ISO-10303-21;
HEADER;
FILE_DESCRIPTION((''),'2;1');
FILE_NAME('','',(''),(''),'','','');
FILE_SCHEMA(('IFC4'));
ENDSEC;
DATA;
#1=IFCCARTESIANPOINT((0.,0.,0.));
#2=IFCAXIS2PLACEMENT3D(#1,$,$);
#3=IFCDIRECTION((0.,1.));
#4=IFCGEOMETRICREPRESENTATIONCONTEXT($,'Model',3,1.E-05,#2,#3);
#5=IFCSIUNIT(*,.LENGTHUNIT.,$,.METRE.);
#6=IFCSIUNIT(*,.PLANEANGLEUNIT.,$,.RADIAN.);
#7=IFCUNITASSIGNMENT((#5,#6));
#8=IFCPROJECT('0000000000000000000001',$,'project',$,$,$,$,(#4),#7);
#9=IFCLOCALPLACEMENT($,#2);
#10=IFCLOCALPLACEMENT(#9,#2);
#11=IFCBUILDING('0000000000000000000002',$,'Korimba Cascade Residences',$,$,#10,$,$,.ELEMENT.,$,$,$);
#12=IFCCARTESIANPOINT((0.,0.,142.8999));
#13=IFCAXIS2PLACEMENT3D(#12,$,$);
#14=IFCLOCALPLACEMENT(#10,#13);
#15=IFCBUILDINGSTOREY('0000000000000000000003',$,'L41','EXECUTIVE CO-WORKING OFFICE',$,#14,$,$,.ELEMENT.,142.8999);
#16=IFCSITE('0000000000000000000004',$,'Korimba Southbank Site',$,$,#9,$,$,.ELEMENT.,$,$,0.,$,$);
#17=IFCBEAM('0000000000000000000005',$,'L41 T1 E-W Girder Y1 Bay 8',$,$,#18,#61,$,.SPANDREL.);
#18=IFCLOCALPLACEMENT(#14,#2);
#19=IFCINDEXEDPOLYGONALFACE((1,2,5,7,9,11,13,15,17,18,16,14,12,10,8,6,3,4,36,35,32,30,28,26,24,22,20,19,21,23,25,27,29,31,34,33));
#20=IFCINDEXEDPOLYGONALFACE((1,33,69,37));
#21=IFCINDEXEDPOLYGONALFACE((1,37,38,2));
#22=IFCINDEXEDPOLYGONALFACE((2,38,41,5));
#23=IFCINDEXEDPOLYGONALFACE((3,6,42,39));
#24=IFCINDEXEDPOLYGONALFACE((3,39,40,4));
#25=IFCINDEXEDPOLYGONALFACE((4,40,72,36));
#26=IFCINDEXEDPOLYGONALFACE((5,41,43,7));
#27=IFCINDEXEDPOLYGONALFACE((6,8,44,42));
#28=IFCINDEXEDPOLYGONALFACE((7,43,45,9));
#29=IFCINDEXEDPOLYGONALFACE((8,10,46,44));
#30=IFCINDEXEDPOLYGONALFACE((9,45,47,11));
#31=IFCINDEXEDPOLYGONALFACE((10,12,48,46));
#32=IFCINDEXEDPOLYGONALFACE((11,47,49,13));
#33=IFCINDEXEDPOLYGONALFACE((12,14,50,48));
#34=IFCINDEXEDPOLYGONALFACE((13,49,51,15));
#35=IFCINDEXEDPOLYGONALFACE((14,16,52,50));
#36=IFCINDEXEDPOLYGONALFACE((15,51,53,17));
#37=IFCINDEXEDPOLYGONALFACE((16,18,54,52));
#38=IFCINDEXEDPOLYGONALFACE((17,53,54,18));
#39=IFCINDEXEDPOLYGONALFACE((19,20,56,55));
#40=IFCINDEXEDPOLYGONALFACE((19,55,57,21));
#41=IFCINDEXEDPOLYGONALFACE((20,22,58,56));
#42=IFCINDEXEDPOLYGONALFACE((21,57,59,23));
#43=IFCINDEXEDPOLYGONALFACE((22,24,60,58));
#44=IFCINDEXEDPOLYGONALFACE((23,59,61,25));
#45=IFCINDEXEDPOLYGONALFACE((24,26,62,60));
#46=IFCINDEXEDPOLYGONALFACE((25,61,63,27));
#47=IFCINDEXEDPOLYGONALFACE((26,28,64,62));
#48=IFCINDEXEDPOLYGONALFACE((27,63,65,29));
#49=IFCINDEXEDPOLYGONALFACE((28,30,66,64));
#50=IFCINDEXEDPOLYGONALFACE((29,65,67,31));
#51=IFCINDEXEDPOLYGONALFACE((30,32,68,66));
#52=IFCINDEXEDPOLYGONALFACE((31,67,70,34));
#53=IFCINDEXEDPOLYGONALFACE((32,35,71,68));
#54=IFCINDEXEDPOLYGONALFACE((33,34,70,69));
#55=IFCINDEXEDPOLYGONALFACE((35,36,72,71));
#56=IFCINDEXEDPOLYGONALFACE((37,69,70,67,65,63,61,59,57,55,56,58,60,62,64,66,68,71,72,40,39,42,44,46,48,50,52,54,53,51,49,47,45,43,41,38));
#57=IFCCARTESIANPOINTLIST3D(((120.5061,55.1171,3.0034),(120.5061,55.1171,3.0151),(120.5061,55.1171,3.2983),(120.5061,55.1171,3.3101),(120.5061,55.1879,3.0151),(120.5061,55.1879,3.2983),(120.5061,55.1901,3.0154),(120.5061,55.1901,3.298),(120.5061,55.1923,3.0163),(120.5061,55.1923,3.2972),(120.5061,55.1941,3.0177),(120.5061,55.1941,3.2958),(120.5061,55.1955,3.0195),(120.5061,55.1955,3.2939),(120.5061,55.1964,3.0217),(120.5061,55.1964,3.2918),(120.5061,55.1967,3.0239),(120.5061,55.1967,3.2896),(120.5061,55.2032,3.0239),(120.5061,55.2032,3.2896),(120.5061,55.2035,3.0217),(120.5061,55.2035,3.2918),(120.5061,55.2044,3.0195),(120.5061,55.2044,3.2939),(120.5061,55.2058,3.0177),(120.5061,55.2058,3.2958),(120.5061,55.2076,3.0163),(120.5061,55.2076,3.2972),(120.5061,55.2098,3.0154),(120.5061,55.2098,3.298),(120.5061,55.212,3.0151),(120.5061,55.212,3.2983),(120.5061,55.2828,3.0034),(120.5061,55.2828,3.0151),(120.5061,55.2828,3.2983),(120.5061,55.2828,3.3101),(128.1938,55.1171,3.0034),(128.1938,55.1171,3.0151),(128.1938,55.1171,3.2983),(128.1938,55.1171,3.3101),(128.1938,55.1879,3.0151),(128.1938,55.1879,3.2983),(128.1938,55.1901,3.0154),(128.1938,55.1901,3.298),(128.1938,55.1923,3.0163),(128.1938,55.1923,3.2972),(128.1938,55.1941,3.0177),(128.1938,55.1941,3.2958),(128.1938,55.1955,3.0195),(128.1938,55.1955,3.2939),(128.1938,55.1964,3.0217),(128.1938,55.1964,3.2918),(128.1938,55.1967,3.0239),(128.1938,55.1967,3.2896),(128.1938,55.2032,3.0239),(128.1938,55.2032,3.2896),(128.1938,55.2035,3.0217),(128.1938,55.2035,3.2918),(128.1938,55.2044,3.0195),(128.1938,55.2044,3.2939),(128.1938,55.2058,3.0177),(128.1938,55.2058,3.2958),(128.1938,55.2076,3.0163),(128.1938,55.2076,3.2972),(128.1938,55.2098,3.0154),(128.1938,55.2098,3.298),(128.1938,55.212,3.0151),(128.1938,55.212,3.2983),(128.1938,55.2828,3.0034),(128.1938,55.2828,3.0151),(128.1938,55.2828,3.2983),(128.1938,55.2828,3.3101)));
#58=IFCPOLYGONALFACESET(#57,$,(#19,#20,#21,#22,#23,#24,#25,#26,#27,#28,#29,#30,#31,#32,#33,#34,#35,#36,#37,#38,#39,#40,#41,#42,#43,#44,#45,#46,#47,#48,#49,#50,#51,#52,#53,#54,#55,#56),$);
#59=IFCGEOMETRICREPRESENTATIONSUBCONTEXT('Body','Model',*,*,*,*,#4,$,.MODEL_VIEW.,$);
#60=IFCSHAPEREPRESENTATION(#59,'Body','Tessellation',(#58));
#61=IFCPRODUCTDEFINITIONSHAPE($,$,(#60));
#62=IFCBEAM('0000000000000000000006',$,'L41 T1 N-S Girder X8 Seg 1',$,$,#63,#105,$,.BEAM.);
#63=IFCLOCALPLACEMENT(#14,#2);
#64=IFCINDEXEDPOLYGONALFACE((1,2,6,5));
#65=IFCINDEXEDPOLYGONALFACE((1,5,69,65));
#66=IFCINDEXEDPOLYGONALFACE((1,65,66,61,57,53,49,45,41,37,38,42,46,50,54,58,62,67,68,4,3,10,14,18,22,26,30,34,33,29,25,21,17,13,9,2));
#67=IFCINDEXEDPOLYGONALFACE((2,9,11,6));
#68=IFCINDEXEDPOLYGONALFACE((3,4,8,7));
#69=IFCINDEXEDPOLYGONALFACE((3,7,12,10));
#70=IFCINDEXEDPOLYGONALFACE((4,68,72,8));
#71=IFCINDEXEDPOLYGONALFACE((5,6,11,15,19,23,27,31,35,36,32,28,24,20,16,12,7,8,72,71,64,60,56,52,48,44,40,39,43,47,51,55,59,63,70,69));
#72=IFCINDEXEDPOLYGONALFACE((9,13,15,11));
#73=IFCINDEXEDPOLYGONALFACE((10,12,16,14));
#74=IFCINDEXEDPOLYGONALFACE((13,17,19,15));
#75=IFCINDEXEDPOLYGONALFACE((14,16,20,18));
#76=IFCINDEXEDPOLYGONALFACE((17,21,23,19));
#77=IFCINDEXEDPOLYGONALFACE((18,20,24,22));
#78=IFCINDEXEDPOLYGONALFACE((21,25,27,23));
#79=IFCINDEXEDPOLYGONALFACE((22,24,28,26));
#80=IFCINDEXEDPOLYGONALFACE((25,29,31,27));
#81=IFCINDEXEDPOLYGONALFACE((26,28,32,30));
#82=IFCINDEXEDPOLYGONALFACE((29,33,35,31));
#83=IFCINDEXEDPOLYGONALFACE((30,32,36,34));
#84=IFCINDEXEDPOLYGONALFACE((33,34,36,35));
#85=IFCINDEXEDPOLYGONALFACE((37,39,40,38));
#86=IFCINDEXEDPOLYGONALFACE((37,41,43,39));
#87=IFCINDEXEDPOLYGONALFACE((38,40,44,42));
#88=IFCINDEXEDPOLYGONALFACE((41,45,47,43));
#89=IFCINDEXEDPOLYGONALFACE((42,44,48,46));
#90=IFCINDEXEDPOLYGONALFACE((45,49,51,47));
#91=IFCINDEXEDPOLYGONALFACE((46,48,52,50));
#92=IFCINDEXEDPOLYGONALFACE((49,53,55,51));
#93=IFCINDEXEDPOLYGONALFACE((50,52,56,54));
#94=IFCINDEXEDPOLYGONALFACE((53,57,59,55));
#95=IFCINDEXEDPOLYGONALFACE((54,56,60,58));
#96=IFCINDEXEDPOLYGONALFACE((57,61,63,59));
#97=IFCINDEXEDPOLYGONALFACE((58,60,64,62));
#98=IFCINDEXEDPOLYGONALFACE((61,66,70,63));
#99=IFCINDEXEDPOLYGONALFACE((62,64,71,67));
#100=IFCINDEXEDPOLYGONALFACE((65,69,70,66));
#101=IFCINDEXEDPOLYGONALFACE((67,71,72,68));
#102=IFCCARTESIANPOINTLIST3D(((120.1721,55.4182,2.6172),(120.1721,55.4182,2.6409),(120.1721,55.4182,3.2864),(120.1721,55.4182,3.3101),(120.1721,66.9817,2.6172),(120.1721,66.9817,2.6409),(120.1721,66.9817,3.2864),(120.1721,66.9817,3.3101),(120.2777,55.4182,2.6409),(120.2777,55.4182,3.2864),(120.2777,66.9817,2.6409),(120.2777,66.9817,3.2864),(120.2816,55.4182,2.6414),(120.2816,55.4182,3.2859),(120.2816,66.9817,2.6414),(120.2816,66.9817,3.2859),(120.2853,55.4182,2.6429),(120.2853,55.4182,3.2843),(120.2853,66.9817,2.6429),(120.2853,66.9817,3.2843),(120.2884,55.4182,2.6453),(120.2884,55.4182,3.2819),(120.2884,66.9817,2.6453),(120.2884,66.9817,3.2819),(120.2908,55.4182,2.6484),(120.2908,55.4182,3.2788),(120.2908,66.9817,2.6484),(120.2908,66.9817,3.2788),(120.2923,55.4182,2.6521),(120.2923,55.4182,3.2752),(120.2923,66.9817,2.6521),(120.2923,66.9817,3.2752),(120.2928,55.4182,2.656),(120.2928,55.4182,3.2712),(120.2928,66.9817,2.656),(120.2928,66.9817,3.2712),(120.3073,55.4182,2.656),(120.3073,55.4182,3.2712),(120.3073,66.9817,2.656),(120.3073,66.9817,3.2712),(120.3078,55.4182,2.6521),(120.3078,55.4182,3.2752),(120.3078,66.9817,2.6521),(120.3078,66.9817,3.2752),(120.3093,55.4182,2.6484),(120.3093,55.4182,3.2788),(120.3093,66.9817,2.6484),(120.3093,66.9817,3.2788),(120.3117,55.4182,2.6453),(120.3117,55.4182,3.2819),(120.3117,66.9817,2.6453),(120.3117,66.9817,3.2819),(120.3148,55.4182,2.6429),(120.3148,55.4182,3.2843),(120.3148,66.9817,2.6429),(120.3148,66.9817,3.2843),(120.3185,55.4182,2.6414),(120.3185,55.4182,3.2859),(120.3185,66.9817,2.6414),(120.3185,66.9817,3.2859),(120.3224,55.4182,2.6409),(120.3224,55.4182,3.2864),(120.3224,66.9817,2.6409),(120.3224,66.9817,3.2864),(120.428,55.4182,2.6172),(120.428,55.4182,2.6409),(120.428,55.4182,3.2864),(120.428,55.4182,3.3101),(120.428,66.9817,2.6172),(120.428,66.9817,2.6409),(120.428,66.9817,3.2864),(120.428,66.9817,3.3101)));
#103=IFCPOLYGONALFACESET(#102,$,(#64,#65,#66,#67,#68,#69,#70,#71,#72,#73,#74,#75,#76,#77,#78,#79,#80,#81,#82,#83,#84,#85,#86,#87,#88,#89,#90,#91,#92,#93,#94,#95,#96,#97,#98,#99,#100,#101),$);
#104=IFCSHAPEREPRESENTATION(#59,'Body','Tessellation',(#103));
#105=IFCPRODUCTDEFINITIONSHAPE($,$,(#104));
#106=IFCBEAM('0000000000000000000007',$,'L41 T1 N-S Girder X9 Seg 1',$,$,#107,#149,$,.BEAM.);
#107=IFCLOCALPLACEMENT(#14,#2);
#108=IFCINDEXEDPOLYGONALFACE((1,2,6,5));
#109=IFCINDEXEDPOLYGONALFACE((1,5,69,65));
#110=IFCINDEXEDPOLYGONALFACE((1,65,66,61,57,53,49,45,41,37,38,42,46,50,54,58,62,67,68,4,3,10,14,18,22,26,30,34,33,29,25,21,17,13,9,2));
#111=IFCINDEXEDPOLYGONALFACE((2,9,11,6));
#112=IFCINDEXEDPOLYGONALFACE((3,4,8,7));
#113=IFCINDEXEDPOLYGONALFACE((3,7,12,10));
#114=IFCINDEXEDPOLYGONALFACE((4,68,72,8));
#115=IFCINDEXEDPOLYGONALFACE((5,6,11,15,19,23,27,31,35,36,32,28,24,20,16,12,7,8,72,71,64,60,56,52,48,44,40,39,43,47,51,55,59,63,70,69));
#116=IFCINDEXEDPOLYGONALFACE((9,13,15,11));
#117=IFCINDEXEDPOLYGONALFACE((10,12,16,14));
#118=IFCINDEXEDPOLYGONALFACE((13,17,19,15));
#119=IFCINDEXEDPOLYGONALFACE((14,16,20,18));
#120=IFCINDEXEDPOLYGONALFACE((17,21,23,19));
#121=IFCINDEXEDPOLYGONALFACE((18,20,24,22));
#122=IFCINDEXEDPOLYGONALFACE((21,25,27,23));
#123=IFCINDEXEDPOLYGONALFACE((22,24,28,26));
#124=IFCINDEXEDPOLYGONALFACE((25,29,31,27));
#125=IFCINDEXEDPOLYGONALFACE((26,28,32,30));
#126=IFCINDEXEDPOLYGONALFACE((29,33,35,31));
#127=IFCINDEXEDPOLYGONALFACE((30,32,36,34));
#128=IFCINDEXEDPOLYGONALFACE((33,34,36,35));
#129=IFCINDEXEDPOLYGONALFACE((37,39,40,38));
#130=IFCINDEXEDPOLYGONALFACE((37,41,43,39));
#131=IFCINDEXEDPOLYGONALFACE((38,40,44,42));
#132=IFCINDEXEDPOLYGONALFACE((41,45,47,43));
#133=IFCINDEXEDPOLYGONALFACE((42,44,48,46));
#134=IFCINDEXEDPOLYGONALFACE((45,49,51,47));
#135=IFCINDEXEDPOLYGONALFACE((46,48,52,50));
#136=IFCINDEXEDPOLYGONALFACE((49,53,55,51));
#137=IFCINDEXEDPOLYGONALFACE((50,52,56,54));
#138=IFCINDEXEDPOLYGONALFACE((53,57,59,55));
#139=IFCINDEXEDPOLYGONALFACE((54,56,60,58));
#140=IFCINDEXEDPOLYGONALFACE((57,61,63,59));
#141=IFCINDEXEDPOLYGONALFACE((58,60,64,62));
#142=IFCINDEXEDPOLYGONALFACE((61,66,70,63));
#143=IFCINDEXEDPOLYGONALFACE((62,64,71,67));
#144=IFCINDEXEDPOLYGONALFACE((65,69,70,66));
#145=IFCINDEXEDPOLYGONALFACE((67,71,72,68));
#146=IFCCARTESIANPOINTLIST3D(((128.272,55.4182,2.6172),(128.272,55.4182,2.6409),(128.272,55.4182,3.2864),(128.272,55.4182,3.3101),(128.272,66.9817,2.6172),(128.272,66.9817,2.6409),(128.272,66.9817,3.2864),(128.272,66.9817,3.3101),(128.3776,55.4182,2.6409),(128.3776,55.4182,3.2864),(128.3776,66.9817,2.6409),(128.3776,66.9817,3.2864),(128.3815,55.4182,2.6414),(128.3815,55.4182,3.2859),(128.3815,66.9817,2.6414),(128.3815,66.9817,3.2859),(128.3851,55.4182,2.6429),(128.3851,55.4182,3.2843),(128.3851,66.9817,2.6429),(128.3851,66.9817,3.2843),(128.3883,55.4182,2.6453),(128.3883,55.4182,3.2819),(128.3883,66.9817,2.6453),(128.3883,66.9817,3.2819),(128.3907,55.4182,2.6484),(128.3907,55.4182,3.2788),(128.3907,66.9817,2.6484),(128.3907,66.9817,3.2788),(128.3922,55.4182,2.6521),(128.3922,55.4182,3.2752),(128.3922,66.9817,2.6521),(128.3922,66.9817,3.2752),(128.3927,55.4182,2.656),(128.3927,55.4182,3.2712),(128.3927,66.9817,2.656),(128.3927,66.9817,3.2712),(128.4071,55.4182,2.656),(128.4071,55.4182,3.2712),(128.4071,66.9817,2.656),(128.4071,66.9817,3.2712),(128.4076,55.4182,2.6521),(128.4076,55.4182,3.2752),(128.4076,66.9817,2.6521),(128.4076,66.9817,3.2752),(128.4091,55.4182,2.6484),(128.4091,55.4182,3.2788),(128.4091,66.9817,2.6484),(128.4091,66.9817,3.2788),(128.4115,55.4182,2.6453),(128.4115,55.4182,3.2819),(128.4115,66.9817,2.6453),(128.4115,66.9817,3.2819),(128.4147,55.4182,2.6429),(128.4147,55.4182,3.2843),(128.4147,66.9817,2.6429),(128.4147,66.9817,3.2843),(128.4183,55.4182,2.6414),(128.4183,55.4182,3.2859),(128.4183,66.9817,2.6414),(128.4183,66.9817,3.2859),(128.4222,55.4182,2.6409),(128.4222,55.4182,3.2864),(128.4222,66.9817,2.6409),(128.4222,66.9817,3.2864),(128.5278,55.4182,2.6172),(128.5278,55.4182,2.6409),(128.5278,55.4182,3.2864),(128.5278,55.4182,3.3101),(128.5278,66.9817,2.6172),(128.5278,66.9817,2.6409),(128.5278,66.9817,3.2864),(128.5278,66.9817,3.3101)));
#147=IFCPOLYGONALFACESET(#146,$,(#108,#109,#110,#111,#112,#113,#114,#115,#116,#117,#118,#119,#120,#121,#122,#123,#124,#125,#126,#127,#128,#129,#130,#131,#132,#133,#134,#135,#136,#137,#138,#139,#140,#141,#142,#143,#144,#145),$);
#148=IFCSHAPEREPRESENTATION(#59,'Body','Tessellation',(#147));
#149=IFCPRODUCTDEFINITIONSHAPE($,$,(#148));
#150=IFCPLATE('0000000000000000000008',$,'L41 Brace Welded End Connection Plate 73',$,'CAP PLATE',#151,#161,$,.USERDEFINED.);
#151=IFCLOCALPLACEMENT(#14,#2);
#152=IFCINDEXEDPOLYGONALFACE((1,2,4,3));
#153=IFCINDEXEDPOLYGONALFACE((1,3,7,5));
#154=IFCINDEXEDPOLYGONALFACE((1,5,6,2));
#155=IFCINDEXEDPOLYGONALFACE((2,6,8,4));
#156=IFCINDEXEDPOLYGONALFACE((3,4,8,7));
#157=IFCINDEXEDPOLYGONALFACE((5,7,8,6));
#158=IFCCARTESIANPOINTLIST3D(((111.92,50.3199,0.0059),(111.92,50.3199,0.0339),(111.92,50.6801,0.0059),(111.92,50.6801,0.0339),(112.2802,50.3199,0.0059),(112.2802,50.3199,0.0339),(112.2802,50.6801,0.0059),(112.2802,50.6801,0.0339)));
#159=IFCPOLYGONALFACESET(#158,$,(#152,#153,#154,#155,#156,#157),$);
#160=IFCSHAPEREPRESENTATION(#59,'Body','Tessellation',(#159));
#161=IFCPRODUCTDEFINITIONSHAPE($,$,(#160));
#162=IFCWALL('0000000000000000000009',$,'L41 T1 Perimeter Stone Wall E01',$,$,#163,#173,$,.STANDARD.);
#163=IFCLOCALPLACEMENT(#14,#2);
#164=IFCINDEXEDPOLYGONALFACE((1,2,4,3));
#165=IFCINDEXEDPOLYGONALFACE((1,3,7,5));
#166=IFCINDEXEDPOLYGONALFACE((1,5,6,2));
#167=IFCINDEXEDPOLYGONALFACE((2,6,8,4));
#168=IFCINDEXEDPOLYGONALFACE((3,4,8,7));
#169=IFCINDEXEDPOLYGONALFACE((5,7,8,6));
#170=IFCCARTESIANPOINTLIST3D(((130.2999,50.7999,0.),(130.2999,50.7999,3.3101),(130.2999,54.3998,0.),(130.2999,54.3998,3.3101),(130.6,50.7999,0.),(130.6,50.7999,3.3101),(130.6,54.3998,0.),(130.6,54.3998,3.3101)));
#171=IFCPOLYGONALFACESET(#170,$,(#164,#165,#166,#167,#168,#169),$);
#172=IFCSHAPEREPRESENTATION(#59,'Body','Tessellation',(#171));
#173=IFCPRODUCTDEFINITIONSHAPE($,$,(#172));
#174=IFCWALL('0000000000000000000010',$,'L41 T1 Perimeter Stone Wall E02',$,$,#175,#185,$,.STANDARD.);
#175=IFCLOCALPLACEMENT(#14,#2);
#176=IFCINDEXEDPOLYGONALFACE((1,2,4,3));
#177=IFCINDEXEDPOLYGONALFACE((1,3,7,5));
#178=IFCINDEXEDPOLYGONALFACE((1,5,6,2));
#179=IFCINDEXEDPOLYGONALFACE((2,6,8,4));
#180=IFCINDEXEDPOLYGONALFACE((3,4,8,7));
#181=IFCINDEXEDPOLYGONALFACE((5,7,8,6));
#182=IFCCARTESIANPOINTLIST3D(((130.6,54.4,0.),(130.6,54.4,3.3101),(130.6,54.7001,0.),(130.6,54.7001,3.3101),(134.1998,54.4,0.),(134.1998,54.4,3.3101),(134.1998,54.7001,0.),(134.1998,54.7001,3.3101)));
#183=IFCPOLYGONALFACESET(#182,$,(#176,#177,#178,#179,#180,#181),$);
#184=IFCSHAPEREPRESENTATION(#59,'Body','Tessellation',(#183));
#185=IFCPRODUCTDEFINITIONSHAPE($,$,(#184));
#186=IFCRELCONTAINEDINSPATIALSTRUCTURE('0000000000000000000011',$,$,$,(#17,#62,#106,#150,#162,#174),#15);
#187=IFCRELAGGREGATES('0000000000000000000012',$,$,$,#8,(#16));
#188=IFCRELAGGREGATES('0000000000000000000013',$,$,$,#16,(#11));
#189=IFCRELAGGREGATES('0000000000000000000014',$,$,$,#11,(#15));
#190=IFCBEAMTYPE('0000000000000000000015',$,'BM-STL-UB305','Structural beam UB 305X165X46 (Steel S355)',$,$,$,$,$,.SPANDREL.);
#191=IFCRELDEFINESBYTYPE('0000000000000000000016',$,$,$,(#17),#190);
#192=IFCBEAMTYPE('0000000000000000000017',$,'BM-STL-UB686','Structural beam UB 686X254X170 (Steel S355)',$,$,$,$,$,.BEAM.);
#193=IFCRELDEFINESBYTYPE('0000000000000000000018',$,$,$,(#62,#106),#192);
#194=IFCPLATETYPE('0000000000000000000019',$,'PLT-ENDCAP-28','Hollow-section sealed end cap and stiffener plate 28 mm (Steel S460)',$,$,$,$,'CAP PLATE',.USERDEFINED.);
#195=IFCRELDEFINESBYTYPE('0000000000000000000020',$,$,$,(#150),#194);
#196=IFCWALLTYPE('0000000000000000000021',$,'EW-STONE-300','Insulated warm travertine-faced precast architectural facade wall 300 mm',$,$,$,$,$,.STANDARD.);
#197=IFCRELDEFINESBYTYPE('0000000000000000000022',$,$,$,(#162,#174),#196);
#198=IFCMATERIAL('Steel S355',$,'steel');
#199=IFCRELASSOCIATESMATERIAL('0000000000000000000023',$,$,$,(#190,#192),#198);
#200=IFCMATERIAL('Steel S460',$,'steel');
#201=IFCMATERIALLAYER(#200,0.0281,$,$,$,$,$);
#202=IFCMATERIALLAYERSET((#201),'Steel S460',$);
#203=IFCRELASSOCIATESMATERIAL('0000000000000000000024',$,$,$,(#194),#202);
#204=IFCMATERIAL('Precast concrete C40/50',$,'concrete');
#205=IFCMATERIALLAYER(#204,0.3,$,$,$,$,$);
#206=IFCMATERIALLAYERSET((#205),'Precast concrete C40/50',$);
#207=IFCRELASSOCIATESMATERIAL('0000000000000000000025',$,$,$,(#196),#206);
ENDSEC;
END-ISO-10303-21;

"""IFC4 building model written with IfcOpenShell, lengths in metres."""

from ifc_helpers import new_model, si_unit, direction, frame, frame_2d, origin, origin_2d, place, context, subcontext, project, spatial, rectangle, i_section, extrude, material, layer, layer_set, material_profile, profile_set, type_object, element, save


model = new_model("IFC4")

# Units and contexts
model_context = context("Model", 3, precision=1e-05, world=origin(), true_north=direction((0.0, 1.0)))
body_context = subcontext(model_context, "Body", "Model", "MODEL_VIEW")
ifc_project = project(units=[si_unit("LENGTHUNIT", "METRE"), si_unit("PLANEANGLEUNIT", "RADIAN")], contexts=[model_context])

# Site, building, storey
site_placement = place(None, origin())
site = spatial("IfcSite", under=ifc_project, at=site_placement, Name="Korimba Southbank Site", CompositionType="ELEMENT", RefElevation=0.0)
building_placement = place(site_placement, origin())
building = spatial("IfcBuilding", under=site, at=building_placement, Name="Korimba Cascade Residences", CompositionType="ELEMENT")
storey_placement = place(building_placement, frame((0.0, 0.0, 142.8999)))
storey = spatial("IfcBuildingStorey", under=building, at=storey_placement, Name="L41", Description="EXECUTIVE CO-WORKING OFFICE", CompositionType="ELEMENT", Elevation=142.8999)

# Shared definitions
ifc_material_1 = material(Name="Steel S460", Category="steel")

# Beams
ifc_material_2 = material(Name="Steel S355", Category="steel")
ifc_material_profile_1 = material_profile(ifc_material_2, i_section(OverallWidth=0.1658, OverallDepth=0.3066, WebThickness=0.0066, FlangeThickness=0.0117, FilletRadius=0.0088, at=origin_2d()), Name="Steel S355")
ifc_profile_set_1 = profile_set([ifc_material_profile_1], Name="Steel S355")
beam_type_1 = type_object("IfcBeamType", Name="BM-STL-UB305", Description="Structural beam UB 305X165X46 (Steel S355)", PredefinedType="SPANDREL", material=ifc_profile_set_1)
beam_1_placement = place(storey_placement, frame((120.5061, 55.2, 3.1567), z_axis=(1.0, 0.0, 0.0), x_axis=(0.0, 1.0, 0.0)))
element("IfcBeam", 1, at=beam_1_placement, inside=storey, type_object=beam_type_1, Name="L41 T1 E-W Girder Y1 Bay 8", PredefinedType="SPANDREL", context=body_context, shape_type="SweptSolid", body=[
    extrude(i_section(OverallWidth=0.1658, OverallDepth=0.3066, WebThickness=0.0066, FlangeThickness=0.0117, FilletRadius=0.0088, at=origin_2d()), origin(), (0.0, 0.0, 1.0), 7.6877),
])
ifc_material_profile_2 = material_profile(ifc_material_2, i_section(OverallWidth=0.2559, OverallDepth=0.6929, WebThickness=0.0144, FlangeThickness=0.0237, FilletRadius=0.0151, at=origin_2d()), Name="Steel S355")
ifc_profile_set_2 = profile_set([ifc_material_profile_2], Name="Steel S355")
beam_type_2 = type_object("IfcBeamType", Name="BM-STL-UB686", Description="Structural beam UB 686X254X170 (Steel S355)", PredefinedType="BEAM", material=ifc_profile_set_2)
for number, where, z_axis, x_axis, name in (
    (2, (120.3, 55.4182, 2.9636), (0.0, 1.0, 0.0), (-1.0, 0.0, 0.0), "L41 T1 N-S Girder X8 Seg 1"),
    (3, (128.3999, 55.4182, 2.9636), (0.0, 1.0, 0.0), (-1.0, 0.0, 0.0), "L41 T1 N-S Girder X9 Seg 1"),
):
    element("IfcBeam", number, at=place(storey_placement, frame(where, z_axis=z_axis, x_axis=x_axis)), inside=storey, type_object=beam_type_2, Name=name, PredefinedType="BEAM", context=body_context, shape_type="SweptSolid", body=[
        extrude(i_section(OverallWidth=0.2559, OverallDepth=0.6929, WebThickness=0.0144, FlangeThickness=0.0237, FilletRadius=0.0151, at=origin_2d()), origin(), (0.0, 0.0, 1.0), 11.5635),
    ])

# Plate
ifc_layer_1 = layer(ifc_material_1, 0.0281)
ifc_layer_set_1 = layer_set([ifc_layer_1], Name="Steel S460")
plate_type = type_object("IfcPlateType", Name="PLT-ENDCAP-28", Description="Hollow-section sealed end cap and stiffener plate 28 mm (Steel S460)", ElementType="CAP PLATE", PredefinedType="USERDEFINED", material=ifc_layer_set_1)
plate_placement = place(storey_placement, frame((112.1001, 50.5, 0.0059), z_axis=(0.0, 0.0, 1.0), x_axis=(1.0, 0.0, 0.0)))
element("IfcPlate", 4, at=plate_placement, inside=storey, type_object=plate_type, Name="L41 Brace Welded End Connection Plate 73", ObjectType="CAP PLATE", PredefinedType="USERDEFINED", context=body_context, shape_type="SweptSolid", body=[
    extrude(rectangle(XDim=0.3601, YDim=0.3601, at=origin_2d()), origin(), (0.0, 0.0, 1.0), 0.0281),
])

# Walls
ifc_material_3 = material(Name="Precast concrete C40/50", Category="concrete")
ifc_layer_2 = layer(ifc_material_3, 0.3)
ifc_layer_set_2 = layer_set([ifc_layer_2], Name="Precast concrete C40/50")
wall_type_1 = type_object("IfcWallType", Name="EW-STONE-300", Description="Insulated warm travertine-faced precast architectural facade wall 300 mm", PredefinedType="STANDARD", material=ifc_layer_set_2)
for number, where, z_axis, x_axis, name in (
    (5, (130.45, 50.8, 0.0), (0.0, 0.0, 1.0), (0.0, 1.0, 0.0), "L41 T1 Perimeter Stone Wall E01"),
    (6, (130.6001, 54.55, 0.0), (0.0, 0.0, 1.0), (1.0, 0.0, 0.0), "L41 T1 Perimeter Stone Wall E02"),
):
    element("IfcWall", number, at=place(storey_placement, frame(where, z_axis=z_axis, x_axis=x_axis)), inside=storey, type_object=wall_type_1, Name=name, PredefinedType="STANDARD", context=body_context, shape_type="SweptSolid", body=[
        extrude(rectangle(XDim=3.5999, YDim=0.3, at=frame_2d((1.7998, 0.0))), origin(), (0.0, 0.0, 1.0), 3.3101),
    ])

save(model, "model.ifc")
